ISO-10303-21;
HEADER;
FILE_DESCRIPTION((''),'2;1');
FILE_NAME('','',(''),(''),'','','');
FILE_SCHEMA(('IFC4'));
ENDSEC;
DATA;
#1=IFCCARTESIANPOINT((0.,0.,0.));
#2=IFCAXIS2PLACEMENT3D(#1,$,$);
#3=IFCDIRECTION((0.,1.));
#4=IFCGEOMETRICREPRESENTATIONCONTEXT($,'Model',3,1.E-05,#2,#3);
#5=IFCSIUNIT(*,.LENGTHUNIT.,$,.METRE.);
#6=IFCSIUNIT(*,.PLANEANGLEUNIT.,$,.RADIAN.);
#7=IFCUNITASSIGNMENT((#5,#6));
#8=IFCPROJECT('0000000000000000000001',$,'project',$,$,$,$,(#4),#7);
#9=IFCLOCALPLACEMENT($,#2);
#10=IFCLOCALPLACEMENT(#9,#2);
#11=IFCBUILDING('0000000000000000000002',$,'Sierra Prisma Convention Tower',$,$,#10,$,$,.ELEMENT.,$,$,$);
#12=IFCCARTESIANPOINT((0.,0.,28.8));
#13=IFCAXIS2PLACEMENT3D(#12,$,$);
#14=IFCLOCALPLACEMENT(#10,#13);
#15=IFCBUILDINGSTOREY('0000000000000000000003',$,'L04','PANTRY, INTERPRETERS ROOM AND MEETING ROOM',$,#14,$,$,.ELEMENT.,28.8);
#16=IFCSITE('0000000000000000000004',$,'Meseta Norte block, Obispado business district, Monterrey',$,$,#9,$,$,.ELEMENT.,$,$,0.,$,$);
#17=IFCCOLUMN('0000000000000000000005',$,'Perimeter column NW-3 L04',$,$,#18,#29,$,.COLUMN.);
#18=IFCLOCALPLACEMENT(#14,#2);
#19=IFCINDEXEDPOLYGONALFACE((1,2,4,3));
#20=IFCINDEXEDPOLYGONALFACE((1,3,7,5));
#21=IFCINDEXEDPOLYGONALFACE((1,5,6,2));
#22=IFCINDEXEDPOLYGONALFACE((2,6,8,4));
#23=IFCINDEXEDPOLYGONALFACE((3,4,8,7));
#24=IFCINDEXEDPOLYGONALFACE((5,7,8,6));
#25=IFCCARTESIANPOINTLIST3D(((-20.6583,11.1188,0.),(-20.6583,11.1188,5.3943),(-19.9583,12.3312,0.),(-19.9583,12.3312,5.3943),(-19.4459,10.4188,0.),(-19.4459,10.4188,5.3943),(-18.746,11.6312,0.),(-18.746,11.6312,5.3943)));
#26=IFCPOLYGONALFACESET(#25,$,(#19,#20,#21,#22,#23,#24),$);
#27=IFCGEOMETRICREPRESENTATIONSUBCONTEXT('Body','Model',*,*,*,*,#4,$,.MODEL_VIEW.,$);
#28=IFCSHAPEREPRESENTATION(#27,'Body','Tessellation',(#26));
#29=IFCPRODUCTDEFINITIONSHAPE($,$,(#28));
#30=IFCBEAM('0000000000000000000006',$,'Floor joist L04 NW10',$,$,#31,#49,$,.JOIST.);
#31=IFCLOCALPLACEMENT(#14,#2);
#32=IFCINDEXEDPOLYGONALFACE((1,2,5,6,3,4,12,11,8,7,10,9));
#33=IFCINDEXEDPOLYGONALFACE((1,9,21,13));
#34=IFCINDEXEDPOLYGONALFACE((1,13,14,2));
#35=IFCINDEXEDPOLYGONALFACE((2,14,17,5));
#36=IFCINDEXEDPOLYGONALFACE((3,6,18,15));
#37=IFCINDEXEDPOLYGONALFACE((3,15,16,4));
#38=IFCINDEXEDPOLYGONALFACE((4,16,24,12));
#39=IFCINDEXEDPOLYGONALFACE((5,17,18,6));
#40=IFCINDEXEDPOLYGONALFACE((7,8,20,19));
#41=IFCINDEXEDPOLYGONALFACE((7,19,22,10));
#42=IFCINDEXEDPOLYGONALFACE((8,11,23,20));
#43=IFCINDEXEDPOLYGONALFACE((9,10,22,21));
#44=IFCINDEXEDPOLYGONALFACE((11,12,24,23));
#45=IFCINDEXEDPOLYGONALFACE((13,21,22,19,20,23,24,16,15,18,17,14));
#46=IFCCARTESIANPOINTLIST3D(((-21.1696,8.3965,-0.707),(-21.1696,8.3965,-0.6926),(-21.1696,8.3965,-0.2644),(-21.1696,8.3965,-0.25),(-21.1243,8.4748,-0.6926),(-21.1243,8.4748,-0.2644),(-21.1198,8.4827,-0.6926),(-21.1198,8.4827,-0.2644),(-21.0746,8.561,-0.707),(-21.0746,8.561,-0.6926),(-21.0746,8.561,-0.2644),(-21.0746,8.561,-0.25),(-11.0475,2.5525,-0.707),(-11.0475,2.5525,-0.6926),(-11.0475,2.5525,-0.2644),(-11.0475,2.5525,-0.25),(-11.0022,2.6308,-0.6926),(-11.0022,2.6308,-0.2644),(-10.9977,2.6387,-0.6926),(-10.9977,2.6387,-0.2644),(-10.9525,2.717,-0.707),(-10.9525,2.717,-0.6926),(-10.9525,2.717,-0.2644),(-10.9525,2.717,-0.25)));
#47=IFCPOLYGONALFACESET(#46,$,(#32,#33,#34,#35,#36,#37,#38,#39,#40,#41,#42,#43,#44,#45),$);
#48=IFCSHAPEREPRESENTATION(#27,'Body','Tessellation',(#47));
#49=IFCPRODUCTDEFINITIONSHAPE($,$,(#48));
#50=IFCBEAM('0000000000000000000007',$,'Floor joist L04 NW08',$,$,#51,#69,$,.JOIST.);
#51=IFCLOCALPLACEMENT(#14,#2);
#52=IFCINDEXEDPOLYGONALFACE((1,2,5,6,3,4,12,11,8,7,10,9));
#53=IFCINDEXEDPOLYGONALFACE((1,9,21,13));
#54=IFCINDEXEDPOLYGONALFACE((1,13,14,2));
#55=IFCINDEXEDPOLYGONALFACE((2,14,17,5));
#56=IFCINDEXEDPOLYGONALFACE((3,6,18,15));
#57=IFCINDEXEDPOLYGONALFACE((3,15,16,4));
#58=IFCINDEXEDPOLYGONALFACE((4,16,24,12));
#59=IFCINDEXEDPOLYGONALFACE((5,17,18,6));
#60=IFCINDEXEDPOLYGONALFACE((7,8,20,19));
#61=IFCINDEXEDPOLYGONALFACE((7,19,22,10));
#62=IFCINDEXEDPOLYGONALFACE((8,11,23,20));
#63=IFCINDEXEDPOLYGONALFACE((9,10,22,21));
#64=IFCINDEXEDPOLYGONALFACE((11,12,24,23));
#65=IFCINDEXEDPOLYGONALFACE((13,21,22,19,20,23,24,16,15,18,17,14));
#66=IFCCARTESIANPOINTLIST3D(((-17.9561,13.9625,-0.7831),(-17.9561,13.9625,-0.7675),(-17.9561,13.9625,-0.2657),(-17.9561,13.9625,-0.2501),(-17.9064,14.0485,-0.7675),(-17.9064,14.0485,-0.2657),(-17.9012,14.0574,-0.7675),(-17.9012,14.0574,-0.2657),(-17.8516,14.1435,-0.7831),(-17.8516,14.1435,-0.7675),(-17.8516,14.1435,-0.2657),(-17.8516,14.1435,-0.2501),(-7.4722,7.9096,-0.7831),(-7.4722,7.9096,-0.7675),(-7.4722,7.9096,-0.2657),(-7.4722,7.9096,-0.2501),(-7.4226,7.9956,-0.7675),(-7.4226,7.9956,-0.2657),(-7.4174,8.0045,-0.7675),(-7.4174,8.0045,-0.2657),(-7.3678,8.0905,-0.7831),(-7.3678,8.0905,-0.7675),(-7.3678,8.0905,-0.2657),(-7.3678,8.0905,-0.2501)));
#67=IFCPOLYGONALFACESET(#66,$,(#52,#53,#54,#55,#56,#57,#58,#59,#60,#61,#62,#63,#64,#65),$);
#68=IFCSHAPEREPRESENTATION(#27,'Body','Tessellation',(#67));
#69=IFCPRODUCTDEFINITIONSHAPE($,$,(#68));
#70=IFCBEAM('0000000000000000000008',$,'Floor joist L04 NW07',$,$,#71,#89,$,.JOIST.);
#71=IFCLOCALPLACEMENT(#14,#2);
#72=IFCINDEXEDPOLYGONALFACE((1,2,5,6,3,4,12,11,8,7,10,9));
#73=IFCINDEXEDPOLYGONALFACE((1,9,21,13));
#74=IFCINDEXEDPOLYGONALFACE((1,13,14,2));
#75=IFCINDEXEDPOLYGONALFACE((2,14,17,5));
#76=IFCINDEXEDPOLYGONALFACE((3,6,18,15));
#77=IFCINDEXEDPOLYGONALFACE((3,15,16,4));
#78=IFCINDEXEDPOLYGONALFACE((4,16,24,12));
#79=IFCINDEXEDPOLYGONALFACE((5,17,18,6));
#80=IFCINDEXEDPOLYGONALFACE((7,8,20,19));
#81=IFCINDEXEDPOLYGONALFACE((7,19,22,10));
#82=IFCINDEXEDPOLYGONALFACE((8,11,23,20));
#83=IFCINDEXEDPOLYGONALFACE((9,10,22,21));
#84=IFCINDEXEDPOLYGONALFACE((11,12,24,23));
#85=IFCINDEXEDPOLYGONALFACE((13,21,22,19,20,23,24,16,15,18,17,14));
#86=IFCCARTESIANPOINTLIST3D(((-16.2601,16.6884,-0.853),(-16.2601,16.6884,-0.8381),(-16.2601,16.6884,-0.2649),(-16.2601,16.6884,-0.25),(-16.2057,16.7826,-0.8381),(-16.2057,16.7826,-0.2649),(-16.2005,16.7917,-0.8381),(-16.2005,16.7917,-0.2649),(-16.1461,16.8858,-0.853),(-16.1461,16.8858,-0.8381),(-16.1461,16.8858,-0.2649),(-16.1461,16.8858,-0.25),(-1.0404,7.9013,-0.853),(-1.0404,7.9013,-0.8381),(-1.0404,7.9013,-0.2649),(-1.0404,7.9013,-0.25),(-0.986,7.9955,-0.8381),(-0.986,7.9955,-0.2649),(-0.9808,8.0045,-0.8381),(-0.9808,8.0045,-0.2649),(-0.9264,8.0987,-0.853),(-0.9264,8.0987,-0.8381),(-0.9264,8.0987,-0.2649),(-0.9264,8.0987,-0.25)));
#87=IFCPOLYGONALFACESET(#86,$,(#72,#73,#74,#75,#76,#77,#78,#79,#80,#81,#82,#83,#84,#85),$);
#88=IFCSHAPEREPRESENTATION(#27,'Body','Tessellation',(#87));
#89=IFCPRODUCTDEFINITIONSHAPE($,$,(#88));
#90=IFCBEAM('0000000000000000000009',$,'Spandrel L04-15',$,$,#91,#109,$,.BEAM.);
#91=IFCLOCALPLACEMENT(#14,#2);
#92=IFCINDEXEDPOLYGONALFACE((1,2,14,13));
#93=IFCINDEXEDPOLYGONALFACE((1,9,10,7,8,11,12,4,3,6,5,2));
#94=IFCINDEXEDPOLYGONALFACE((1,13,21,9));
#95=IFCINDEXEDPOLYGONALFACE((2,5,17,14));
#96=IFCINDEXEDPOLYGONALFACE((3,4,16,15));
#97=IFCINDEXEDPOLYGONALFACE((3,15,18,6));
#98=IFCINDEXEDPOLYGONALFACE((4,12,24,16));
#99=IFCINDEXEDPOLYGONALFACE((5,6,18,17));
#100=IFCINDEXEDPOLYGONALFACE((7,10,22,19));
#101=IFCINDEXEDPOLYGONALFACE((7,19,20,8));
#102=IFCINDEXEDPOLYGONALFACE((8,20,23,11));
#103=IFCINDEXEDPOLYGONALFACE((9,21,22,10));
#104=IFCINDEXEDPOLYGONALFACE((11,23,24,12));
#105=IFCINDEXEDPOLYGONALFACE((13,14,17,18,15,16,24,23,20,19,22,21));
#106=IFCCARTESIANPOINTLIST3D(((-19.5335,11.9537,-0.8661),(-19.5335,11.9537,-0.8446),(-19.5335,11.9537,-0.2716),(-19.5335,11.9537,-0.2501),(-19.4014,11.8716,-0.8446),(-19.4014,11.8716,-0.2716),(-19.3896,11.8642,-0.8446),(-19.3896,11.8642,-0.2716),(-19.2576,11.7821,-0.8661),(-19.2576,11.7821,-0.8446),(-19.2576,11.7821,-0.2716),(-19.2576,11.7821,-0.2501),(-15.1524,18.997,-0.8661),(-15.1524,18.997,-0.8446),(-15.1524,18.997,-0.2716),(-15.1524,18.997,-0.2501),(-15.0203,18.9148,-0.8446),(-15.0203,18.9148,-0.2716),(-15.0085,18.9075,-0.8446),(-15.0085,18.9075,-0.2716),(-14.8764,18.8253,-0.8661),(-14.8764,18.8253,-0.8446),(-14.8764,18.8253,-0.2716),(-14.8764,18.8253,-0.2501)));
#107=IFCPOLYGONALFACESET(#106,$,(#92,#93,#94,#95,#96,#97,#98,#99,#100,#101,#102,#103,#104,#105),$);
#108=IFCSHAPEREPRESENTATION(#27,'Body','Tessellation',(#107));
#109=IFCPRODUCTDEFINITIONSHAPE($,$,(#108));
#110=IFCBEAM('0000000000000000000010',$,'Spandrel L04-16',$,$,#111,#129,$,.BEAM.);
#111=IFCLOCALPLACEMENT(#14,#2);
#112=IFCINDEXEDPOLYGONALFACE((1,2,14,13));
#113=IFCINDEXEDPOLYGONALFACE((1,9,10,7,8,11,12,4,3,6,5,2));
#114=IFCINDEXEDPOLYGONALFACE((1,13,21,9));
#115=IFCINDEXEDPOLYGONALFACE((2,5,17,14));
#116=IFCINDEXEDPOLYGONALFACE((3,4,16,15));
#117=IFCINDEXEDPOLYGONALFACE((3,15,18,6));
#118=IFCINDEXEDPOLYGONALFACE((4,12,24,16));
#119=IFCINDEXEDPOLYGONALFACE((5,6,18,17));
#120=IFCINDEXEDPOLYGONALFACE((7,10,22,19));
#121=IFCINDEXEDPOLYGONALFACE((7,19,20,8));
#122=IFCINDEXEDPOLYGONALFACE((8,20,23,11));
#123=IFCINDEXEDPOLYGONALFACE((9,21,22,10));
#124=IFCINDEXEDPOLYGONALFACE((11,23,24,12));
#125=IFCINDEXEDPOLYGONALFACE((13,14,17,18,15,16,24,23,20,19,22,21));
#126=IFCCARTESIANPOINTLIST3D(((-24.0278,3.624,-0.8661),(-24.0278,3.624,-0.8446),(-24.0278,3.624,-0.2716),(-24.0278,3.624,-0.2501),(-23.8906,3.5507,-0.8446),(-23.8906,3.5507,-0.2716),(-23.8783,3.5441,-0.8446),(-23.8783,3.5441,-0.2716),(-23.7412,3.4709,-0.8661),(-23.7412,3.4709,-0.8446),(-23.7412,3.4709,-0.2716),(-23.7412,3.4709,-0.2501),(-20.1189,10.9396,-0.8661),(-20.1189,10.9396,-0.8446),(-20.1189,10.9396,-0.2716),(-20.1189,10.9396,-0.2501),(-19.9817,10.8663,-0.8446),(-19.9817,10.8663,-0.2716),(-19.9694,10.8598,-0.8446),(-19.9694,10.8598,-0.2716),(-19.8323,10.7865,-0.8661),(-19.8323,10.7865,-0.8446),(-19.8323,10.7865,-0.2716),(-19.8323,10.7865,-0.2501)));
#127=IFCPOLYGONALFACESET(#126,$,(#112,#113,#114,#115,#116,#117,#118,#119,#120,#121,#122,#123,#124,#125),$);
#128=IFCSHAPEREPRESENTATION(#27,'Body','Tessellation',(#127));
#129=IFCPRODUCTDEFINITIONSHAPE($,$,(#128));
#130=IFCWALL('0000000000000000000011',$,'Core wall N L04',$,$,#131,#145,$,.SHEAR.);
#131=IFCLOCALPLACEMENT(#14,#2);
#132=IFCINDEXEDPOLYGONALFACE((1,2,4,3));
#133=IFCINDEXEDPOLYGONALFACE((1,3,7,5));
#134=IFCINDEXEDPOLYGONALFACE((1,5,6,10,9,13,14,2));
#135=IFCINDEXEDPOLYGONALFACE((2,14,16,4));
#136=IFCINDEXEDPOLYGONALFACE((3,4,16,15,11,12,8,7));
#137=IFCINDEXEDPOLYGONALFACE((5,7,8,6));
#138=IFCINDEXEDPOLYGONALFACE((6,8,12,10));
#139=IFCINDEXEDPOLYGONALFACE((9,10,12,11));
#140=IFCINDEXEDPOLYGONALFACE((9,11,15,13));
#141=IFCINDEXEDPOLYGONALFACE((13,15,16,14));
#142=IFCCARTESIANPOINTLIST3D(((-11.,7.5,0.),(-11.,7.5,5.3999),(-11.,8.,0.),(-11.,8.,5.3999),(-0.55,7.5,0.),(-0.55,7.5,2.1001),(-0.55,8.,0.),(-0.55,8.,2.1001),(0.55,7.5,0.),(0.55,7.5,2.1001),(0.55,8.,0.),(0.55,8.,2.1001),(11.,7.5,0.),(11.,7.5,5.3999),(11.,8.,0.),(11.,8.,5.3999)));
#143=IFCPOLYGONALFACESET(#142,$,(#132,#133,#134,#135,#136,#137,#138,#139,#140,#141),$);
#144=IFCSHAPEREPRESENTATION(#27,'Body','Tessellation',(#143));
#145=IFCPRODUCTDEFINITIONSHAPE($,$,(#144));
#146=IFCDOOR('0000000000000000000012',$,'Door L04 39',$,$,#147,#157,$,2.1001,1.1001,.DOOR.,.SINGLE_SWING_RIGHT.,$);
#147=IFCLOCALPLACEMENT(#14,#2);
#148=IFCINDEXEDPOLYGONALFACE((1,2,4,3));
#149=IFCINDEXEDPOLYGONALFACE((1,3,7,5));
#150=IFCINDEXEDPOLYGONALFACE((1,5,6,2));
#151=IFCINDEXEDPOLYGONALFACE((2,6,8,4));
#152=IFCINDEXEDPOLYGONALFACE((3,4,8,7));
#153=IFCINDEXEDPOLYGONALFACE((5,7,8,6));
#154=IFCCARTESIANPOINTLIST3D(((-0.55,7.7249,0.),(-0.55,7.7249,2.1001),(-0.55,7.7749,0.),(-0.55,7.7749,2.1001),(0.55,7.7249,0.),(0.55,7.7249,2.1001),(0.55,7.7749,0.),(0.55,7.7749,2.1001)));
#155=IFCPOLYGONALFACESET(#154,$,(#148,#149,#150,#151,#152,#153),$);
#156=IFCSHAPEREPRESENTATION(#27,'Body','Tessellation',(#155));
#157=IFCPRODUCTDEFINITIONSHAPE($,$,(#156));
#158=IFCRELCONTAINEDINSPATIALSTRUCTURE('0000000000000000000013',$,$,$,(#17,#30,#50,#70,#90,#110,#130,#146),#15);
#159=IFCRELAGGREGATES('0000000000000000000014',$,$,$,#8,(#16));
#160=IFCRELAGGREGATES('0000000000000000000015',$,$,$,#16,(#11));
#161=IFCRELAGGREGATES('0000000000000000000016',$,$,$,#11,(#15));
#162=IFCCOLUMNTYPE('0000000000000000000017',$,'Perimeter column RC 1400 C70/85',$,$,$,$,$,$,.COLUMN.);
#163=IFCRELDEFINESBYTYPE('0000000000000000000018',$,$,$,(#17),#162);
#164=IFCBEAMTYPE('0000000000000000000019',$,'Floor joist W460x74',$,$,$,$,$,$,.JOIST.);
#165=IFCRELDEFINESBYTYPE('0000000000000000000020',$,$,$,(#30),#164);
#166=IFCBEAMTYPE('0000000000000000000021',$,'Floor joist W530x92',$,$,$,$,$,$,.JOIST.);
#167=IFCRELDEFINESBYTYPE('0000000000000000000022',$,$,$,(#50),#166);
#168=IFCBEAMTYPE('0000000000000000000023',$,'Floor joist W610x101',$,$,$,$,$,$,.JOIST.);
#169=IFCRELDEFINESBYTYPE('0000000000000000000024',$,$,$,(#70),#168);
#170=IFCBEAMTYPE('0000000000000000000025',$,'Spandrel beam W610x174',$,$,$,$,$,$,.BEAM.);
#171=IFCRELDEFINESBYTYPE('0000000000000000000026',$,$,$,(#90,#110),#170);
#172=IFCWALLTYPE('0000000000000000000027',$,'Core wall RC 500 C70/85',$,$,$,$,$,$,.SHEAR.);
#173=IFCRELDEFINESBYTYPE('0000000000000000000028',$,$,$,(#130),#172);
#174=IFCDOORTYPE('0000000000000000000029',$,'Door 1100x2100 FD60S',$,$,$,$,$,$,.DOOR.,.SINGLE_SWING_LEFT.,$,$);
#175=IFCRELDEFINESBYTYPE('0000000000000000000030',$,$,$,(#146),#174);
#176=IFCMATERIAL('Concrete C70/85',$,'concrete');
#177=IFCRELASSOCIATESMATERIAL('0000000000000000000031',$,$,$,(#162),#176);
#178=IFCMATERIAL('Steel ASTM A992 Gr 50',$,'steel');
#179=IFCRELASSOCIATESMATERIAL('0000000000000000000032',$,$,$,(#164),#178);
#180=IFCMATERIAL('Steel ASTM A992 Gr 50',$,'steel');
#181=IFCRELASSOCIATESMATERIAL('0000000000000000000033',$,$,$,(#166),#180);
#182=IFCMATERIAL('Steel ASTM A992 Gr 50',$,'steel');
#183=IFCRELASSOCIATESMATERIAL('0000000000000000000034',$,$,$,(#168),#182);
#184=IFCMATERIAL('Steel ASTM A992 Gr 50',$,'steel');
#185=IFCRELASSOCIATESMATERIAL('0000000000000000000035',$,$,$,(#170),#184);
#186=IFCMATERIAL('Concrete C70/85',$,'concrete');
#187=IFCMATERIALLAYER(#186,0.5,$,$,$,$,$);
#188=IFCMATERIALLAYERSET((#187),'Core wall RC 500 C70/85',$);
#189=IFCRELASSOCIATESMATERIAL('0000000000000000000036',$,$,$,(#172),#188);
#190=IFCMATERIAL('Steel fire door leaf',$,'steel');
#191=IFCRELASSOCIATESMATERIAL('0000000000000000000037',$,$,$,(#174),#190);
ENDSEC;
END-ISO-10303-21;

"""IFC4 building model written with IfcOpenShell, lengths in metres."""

from ifc_helpers import new_model, si_unit, direction, frame, frame_2d, origin, origin_2d, place, context, subcontext, project, spatial, rectangle, i_section, extrude, clip, halfspace, material, layer, layer_set, material_profile, profile_set, type_object, element, fill, save


model = new_model("IFC4")

# Units and contexts
model_context = context("Model", 3, precision=1e-05, world=origin(), true_north=direction((0.0, 1.0)))
body_context = subcontext(model_context, "Body", "Model", "MODEL_VIEW")
ifc_project = project(units=[si_unit("LENGTHUNIT", "METRE"), si_unit("PLANEANGLEUNIT", "RADIAN")], contexts=[model_context])

# Site, building, storey
site_placement = place(None, origin())
site = spatial("IfcSite", under=ifc_project, at=site_placement, Name="Meseta Norte block, Obispado business district, Monterrey", CompositionType="ELEMENT", RefElevation=0.0)
building_placement = place(site_placement, origin())
building = spatial("IfcBuilding", under=site, at=building_placement, Name="Sierra Prisma Convention Tower", CompositionType="ELEMENT")
storey_placement = place(building_placement, frame((0.0, 0.0, 28.8)))
storey = spatial("IfcBuildingStorey", under=building, at=storey_placement, Name="L04", Description="PANTRY, INTERPRETERS ROOM AND MEETING ROOM", CompositionType="ELEMENT", Elevation=28.8)

# Column
ifc_material_1 = material(Name="Concrete C70/85", Category="concrete")
ifc_material_profile_1 = material_profile(ifc_material_1, rectangle(XDim=1.3999, YDim=1.3999, at=origin_2d()), Name="Perimeter column RC 1400 C70/85")
ifc_profile_set_1 = profile_set([ifc_material_profile_1], Name="Concrete C70/85")
column_type = type_object("IfcColumnType", Name="Perimeter column RC 1400 C70/85", PredefinedType="COLUMN", material=ifc_profile_set_1)
column_placement = place(storey_placement, frame((-19.7021, 11.375, 0.0), z_axis=(0.0, 0.0, 1.0), x_axis=(0.5, 0.866025, 0.0)))
element("IfcColumn", 1, at=column_placement, inside=storey, type_object=column_type, Name="Perimeter column NW-3 L04", PredefinedType="COLUMN", context=body_context, shape_type="SweptSolid", body=[
    clip(extrude(rectangle(XDim=1.3999, YDim=1.3999, at=origin_2d()), origin(), (0.0, 0.0, 1.0), 5.3999), halfspace(frame((0.0, 0.0, 5.3943)), False)),
])

# Beams
ifc_material_2 = material(Name="Steel ASTM A992 Gr 50", Category="steel")
ifc_material_profile_2 = material_profile(ifc_material_2, i_section(OverallWidth=0.1899, OverallDepth=0.457, WebThickness=0.009, FlangeThickness=0.0144, at=origin_2d()), Name="W460x74")
ifc_profile_set_2 = profile_set([ifc_material_profile_2], Name="Steel ASTM A992 Gr 50")
beam_type_1 = type_object("IfcBeamType", Name="Floor joist W460x74", PredefinedType="JOIST", material=ifc_profile_set_2)
beam_1_placement = place(storey_placement, frame((-21.1221, 8.4788, -0.4785), z_axis=(0.866025, -0.500001, 0.0), x_axis=(0.500001, 0.866025, 0.0)))
element("IfcBeam", 2, at=beam_1_placement, inside=storey, type_object=beam_type_1, Name="Floor joist L04 NW10", PredefinedType="JOIST", context=body_context, shape_type="SweptSolid", body=[
    extrude(i_section(OverallWidth=0.1899, OverallDepth=0.457, WebThickness=0.009, FlangeThickness=0.0144, at=origin_2d()), origin(), (0.0, 0.0, 1.0), 11.688),
])
ifc_material_3 = material(Name="Steel ASTM A992 Gr 50", Category="steel")
ifc_material_profile_3 = material_profile(ifc_material_3, i_section(OverallWidth=0.209, OverallDepth=0.533, WebThickness=0.0103, FlangeThickness=0.0156, at=origin_2d()), Name="W530x92")
ifc_profile_set_3 = profile_set([ifc_material_profile_3], Name="Steel ASTM A992 Gr 50")
beam_type_2 = type_object("IfcBeamType", Name="Floor joist W530x92", PredefinedType="JOIST", material=ifc_profile_set_3)
beam_2_placement = place(storey_placement, frame((-17.9038, 14.053, -0.5166), z_axis=(0.866022, -0.500006, 0.0), x_axis=(0.500006, 0.866022, 0.0)))
element("IfcBeam", 3, at=beam_2_placement, inside=storey, type_object=beam_type_2, Name="Floor joist L04 NW08", PredefinedType="JOIST", context=body_context, shape_type="SweptSolid", body=[
    extrude(i_section(OverallWidth=0.209, OverallDepth=0.533, WebThickness=0.0103, FlangeThickness=0.0156, at=origin_2d()), origin(), (0.0, 0.0, 1.0), 12.1057),
])
ifc_material_4 = material(Name="Steel ASTM A992 Gr 50", Category="steel")
ifc_material_profile_4 = material_profile(ifc_material_4, i_section(OverallWidth=0.228, OverallDepth=0.603, WebThickness=0.0105, FlangeThickness=0.0149, at=origin_2d()), Name="W610x101")
ifc_profile_set_4 = profile_set([ifc_material_profile_4], Name="Steel ASTM A992 Gr 50")
beam_type_3 = type_object("IfcBeamType", Name="Floor joist W610x101", PredefinedType="JOIST", material=ifc_profile_set_4)
beam_3_placement = place(storey_placement, frame((-16.2031, 16.7871, -0.5515), z_axis=(0.866025, -0.5, 0.0), x_axis=(0.5, 0.866025, 0.0)))
element("IfcBeam", 4, at=beam_3_placement, inside=storey, type_object=beam_type_3, Name="Floor joist L04 NW07", PredefinedType="JOIST", context=body_context, shape_type="SweptSolid", body=[
    extrude(i_section(OverallWidth=0.228, OverallDepth=0.603, WebThickness=0.0105, FlangeThickness=0.0149, at=origin_2d()), origin(), (0.0, 0.0, 1.0), 17.5742),
])
ifc_material_5 = material(Name="Steel ASTM A992 Gr 50", Category="steel")
ifc_material_profile_5 = material_profile(ifc_material_5, i_section(OverallWidth=0.325, OverallDepth=0.616, WebThickness=0.0139, FlangeThickness=0.0215, at=origin_2d()), Name="W610x174")
ifc_profile_set_5 = profile_set([ifc_material_profile_5], Name="Steel ASTM A992 Gr 50")
beam_type_4 = type_object("IfcBeamType", Name="Spandrel beam W610x174", PredefinedType="BEAM", material=ifc_profile_set_5)
beam_4_placement = place(storey_placement, frame((-15.0144, 18.9111, -0.5581), z_axis=(-0.528185, -0.849129, 0.0), x_axis=(0.849129, -0.528185, 0.0)))
element("IfcBeam", 5, at=beam_4_placement, inside=storey, type_object=beam_type_4, Name="Spandrel L04-15", PredefinedType="BEAM", context=body_context, shape_type="SweptSolid", body=[
    extrude(i_section(OverallWidth=0.325, OverallDepth=0.616, WebThickness=0.0139, FlangeThickness=0.0215, at=origin_2d()), origin(), (0.0, 0.0, 1.0), 8.2947),
])
beam_5_placement = place(storey_placement, frame((-19.9756, 10.863, -0.5581), z_axis=(-0.471268, -0.88199, 0.0), x_axis=(0.88199, -0.471268, 0.0)))
element("IfcBeam", 6, at=beam_5_placement, inside=storey, type_object=beam_type_4, Name="Spandrel L04-16", PredefinedType="BEAM", context=body_context, shape_type="SweptSolid", body=[
    extrude(i_section(OverallWidth=0.325, OverallDepth=0.616, WebThickness=0.0139, FlangeThickness=0.0215, at=origin_2d()), origin(), (0.0, 0.0, 1.0), 8.2944),
])

# Wall, opening, door
ifc_material_6 = material(Name="Concrete C70/85", Category="concrete")
ifc_layer_1 = layer(ifc_material_6, 0.5)
ifc_layer_set_1 = layer_set([ifc_layer_1], Name="Core wall RC 500 C70/85")
wall_type_1 = type_object("IfcWallType", Name="Core wall RC 500 C70/85", PredefinedType="SHEAR", material=ifc_layer_set_1)
wall_1_placement = place(storey_placement, frame((-11.0, 7.75, 0.0), z_axis=(0.0, 0.0, 1.0), x_axis=(1.0, 0.0, 0.0)))
wall_1 = element("IfcWall", 7, at=wall_1_placement, inside=storey, type_object=wall_type_1, Name="Core wall N L04", PredefinedType="SHEAR", context=body_context, shape_type="SweptSolid", body=[
    extrude(rectangle(XDim=22.0, YDim=0.5, at=frame_2d((11.0, 0.0))), origin(), (0.0, 0.0, 1.0), 5.3999),
])
opening_1_placement = place(wall_1_placement, frame((10.45, 0.0, 0.0)))
opening_1 = element("IfcOpeningElement", 8, at=opening_1_placement, cuts=wall_1, PredefinedType="OPENING", context=body_context, shape_type="SweptSolid", body=[
    extrude(rectangle(XDim=1.1001, YDim=2.1001, at=frame_2d((0.55, 1.05))), frame((0.0, 0.25, 0.0), z_axis=(0.0, -1.0, 0.0), x_axis=(1.0, 0.0, 0.0)), (0.0, 0.0, 1.0), 0.5),
])
ifc_material_7 = material(Name="Steel fire door leaf", Category="steel")
door_type_1 = type_object("IfcDoorType", Name="Door 1100x2100 FD60S", OperationType="SINGLE_SWING_LEFT", PredefinedType="DOOR", material=ifc_material_7)
door_1_placement = place(opening_1_placement, origin())
door_1 = element("IfcDoor", 9, at=door_1_placement, inside=storey, type_object=door_type_1, Name="Door L04 39", OperationType="SINGLE_SWING_RIGHT", OverallHeight=2.1001, OverallWidth=1.1001, PredefinedType="DOOR", context=body_context, shape_type="SweptSolid", body=[
    extrude(rectangle(XDim=1.1001, YDim=2.1001, at=frame_2d((0.55, 1.05))), frame((0.0, 0.0249, 0.0), z_axis=(0.0, -1.0, 0.0), x_axis=(1.0, 0.0, 0.0)), (0.0, 0.0, 1.0), 0.05),
])
fill(opening_1, door_1)

save(model, "model.ifc")
